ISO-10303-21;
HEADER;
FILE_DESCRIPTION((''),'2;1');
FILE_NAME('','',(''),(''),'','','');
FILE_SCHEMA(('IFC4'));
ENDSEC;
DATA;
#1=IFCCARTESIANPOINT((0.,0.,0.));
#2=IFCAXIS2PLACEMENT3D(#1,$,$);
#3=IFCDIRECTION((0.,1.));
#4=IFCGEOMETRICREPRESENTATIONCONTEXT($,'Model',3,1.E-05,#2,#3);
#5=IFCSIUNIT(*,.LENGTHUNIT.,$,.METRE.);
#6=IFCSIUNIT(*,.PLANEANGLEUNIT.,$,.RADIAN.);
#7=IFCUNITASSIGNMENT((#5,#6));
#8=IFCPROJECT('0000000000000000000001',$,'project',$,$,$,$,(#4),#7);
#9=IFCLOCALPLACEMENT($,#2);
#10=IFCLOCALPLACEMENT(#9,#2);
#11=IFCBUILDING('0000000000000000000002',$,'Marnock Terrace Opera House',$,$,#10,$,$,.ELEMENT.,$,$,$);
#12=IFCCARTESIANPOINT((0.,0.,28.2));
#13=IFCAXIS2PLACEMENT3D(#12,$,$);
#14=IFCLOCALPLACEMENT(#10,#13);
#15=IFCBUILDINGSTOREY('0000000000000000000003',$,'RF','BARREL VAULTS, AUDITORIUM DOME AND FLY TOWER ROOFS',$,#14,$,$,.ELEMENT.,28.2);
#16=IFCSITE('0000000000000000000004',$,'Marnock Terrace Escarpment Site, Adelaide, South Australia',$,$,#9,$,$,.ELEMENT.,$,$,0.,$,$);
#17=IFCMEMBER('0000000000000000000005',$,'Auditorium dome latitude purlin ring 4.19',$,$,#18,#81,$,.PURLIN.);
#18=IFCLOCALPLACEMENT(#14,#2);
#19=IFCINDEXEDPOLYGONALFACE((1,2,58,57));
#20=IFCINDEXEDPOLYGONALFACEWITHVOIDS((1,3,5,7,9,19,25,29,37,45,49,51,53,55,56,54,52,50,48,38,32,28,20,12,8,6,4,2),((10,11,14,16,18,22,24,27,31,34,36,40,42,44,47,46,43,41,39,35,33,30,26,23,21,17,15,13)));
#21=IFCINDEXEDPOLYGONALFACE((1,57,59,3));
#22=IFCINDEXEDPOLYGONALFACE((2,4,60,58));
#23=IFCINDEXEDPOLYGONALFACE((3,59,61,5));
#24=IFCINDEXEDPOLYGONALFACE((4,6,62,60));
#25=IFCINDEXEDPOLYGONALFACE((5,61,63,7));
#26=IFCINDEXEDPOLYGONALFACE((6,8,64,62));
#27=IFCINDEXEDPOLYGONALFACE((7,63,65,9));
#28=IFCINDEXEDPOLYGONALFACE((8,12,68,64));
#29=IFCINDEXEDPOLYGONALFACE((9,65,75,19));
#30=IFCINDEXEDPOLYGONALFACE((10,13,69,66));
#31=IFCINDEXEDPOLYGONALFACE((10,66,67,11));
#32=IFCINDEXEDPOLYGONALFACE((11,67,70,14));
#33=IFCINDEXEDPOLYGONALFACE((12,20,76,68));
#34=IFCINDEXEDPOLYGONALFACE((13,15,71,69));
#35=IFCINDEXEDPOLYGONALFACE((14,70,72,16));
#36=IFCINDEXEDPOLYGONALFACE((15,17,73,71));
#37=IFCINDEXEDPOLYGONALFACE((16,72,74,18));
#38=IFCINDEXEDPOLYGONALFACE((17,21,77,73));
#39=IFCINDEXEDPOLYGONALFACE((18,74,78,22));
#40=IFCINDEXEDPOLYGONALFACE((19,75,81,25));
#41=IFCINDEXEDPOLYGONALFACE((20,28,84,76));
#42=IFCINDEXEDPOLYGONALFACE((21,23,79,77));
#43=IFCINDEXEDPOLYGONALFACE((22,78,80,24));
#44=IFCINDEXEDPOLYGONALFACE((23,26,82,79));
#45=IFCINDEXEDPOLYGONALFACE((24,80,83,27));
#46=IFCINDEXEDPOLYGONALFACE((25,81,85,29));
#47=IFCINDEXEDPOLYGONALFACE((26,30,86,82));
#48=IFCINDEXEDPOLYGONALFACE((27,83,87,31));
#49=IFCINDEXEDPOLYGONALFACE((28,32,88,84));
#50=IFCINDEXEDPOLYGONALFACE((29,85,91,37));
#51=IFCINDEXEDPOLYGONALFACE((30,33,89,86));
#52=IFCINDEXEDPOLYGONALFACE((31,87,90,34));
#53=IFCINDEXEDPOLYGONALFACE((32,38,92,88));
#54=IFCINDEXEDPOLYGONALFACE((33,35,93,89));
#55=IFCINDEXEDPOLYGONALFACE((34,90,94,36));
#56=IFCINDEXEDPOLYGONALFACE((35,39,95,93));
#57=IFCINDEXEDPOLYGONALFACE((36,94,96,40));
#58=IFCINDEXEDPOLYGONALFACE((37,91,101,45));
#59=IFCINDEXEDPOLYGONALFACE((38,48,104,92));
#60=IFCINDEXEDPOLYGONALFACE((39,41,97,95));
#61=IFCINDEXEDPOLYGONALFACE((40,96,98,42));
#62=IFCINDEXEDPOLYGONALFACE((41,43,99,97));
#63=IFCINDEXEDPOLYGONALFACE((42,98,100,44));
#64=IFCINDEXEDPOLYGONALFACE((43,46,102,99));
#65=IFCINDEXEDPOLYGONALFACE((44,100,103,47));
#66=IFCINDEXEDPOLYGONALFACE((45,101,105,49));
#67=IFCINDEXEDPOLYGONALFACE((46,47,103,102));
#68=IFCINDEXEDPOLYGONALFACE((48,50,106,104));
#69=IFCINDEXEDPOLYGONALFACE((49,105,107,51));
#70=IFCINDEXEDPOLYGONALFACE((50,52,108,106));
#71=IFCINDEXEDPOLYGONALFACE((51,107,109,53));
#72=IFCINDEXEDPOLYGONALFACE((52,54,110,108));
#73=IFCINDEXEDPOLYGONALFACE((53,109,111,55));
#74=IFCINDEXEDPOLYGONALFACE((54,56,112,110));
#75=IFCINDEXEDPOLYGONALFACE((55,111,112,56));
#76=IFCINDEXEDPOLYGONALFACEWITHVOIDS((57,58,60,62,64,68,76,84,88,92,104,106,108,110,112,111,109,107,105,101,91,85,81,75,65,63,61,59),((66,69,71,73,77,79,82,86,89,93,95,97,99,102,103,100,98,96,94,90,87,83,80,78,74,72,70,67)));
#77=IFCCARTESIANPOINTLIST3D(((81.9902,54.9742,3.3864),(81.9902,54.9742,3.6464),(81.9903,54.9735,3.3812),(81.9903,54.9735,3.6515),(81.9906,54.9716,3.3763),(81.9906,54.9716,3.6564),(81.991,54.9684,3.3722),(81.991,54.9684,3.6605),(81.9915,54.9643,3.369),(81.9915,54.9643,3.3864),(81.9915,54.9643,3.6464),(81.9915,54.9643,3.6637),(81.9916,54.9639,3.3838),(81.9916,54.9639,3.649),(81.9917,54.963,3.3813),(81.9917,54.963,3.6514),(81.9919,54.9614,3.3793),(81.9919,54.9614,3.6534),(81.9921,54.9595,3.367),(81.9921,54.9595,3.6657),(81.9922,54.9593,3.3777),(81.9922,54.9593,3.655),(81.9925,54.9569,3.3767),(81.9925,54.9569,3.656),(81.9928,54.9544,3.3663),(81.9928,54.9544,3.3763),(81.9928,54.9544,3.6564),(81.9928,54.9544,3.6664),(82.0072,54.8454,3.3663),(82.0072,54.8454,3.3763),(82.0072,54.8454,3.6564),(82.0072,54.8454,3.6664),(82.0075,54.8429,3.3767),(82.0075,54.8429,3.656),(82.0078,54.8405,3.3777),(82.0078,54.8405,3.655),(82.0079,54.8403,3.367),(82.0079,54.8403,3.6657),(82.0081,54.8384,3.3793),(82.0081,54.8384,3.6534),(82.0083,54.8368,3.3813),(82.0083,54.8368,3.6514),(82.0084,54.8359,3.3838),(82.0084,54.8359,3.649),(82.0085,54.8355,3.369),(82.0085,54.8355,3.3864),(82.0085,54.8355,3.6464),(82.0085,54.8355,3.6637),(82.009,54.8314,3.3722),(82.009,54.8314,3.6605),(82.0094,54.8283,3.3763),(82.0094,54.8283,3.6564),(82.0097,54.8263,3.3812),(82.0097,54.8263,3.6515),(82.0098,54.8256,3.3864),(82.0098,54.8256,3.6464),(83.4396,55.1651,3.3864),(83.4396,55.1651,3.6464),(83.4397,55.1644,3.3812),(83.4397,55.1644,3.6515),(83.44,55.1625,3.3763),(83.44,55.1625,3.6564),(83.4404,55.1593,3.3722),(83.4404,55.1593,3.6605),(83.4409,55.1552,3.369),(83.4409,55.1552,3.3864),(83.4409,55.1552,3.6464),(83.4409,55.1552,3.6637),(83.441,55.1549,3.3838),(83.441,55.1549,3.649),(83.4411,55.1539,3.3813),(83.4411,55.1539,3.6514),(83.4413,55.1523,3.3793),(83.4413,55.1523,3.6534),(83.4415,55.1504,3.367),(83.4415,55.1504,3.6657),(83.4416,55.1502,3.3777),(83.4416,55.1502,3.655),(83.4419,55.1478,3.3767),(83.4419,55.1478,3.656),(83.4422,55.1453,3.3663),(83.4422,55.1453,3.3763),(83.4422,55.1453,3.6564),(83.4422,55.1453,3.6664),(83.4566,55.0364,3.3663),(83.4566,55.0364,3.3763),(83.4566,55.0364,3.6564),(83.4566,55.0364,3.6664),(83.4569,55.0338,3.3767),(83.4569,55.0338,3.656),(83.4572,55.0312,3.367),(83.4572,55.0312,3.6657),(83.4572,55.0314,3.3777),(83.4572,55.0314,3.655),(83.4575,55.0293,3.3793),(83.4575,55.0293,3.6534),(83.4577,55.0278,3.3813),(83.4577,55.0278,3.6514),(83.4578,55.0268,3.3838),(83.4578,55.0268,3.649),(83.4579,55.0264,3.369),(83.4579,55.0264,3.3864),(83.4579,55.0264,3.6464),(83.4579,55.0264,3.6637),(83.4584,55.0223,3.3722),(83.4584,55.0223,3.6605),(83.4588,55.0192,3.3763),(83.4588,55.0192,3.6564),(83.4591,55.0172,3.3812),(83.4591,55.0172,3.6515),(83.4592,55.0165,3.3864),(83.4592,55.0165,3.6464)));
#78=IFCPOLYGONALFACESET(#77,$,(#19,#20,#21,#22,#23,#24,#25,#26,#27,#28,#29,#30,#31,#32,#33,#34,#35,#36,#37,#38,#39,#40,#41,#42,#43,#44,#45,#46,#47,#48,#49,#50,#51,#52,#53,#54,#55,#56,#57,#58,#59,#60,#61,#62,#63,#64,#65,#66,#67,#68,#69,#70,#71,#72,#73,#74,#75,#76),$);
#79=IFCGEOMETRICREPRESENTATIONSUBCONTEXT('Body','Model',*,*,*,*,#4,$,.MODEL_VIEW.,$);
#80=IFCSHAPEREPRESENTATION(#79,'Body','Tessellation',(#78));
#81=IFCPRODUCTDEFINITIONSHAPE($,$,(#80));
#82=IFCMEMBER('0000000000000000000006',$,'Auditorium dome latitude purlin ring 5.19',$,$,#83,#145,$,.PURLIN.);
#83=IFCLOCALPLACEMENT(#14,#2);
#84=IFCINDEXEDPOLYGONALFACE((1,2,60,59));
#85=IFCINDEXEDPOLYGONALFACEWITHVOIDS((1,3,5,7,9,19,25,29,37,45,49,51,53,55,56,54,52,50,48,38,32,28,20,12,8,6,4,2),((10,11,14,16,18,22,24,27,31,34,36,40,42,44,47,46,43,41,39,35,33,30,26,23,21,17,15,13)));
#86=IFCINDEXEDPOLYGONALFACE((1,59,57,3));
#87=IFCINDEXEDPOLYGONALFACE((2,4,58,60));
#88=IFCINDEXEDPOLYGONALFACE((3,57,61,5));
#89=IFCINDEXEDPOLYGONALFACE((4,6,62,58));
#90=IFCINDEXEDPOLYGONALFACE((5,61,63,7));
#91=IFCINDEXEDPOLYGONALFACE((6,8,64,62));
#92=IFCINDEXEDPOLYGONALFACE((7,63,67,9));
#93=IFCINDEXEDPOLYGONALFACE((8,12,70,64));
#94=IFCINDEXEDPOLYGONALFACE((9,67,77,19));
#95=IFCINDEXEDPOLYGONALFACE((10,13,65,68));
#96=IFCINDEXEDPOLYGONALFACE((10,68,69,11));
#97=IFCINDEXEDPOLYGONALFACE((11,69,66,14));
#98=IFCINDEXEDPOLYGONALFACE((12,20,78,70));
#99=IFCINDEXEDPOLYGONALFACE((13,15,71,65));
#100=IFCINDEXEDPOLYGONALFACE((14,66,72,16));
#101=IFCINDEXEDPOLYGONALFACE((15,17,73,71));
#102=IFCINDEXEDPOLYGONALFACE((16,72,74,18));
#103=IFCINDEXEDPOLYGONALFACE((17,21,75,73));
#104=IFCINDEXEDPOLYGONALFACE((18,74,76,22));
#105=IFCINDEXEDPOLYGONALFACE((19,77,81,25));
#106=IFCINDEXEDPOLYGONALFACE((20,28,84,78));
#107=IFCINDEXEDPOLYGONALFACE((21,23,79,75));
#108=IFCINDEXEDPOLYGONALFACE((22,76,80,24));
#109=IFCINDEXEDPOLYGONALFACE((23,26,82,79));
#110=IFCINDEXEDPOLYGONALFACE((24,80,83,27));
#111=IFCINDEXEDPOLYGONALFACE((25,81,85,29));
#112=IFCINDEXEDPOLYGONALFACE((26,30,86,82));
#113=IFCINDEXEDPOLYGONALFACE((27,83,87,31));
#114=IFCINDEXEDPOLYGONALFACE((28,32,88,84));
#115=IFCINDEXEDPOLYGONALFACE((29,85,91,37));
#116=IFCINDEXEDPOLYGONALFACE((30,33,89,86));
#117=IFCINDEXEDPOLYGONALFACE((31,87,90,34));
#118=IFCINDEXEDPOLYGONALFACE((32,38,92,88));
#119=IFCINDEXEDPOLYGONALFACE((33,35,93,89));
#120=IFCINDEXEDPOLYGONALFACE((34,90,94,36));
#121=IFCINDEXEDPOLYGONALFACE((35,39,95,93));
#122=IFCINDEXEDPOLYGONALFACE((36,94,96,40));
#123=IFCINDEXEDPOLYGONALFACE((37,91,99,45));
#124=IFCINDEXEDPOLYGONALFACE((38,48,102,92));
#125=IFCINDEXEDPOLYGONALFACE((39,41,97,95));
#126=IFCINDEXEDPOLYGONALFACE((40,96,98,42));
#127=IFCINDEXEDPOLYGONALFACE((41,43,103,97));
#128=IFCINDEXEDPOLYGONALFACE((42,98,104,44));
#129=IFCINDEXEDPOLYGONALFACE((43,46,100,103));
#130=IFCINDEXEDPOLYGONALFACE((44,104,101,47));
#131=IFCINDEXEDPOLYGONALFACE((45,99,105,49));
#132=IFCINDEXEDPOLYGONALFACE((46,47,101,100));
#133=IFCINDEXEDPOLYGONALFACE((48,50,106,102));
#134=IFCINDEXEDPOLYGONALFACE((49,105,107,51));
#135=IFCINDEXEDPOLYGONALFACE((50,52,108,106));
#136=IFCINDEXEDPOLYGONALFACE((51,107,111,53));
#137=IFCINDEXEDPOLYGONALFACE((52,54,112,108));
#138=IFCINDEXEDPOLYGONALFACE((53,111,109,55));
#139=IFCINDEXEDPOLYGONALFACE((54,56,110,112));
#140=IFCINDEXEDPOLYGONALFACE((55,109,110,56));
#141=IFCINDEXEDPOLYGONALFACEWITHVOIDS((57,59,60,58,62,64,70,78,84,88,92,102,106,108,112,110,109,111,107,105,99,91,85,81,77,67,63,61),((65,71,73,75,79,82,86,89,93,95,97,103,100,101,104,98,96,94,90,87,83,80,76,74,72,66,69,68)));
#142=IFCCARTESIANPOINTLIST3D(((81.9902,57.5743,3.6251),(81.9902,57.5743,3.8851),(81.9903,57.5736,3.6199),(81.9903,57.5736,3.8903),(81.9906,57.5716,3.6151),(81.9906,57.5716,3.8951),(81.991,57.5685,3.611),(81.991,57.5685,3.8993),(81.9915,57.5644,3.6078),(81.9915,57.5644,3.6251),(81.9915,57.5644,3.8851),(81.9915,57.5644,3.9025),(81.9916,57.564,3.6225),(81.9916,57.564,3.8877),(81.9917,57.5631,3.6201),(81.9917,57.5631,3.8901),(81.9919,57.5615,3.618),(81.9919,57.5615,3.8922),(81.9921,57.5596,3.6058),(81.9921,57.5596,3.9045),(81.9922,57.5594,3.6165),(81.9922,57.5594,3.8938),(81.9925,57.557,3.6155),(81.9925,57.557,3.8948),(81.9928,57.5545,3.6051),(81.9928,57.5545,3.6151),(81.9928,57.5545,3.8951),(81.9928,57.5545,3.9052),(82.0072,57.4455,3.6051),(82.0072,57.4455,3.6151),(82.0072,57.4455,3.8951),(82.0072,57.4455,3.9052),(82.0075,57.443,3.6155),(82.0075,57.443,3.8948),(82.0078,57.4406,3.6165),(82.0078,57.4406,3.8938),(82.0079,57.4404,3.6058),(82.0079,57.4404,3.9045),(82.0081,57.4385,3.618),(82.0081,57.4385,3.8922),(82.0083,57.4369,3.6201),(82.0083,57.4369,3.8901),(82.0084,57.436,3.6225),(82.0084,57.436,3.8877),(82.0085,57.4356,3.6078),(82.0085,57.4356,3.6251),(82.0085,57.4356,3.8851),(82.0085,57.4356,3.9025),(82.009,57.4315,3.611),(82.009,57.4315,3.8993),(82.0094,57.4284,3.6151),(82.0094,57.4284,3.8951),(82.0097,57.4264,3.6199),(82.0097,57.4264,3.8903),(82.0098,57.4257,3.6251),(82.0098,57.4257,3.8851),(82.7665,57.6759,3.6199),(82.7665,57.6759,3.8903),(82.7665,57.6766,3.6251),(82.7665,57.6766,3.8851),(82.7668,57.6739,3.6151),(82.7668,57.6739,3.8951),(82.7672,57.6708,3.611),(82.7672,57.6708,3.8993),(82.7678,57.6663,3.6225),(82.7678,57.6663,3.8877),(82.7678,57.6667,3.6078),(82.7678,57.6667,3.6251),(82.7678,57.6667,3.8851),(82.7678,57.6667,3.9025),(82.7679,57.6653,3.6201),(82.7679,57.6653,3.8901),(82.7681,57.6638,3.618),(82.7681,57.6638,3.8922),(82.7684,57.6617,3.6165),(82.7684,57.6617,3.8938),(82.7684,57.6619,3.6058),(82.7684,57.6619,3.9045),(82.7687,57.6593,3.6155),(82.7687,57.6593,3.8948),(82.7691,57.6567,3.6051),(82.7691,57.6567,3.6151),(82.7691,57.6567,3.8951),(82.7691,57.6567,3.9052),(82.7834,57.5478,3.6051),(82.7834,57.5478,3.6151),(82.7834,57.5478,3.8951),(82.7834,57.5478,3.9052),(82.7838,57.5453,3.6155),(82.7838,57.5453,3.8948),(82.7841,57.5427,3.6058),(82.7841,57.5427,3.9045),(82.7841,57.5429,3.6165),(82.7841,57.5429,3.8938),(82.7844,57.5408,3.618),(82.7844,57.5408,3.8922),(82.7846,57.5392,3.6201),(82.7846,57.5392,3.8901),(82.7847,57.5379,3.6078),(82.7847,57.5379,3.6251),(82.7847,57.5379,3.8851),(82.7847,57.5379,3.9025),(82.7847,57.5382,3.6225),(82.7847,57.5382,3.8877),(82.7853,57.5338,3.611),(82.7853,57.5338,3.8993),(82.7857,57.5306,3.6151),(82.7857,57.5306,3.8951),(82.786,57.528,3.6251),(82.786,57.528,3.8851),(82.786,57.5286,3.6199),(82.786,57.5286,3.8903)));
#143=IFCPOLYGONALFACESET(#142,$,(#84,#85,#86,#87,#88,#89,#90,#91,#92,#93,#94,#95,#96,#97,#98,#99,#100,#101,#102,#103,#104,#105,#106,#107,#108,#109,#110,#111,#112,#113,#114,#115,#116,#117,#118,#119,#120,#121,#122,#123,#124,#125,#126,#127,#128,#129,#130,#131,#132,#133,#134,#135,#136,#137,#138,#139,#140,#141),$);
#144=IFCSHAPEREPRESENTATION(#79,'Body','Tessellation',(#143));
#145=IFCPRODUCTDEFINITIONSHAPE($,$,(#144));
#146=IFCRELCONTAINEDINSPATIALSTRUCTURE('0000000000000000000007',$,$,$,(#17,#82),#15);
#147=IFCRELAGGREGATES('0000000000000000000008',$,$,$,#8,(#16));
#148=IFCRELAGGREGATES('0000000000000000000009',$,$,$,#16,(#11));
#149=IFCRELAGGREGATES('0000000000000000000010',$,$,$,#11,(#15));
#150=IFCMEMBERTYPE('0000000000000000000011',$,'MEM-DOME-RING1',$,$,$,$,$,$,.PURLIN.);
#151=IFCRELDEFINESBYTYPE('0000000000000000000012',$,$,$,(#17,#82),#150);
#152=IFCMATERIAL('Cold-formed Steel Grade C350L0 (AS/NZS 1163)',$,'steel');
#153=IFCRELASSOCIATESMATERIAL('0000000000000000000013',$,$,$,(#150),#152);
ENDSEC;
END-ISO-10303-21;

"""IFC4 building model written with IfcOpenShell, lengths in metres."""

from ifc_helpers import new_model, si_unit, direction, frame, origin, origin_2d, place, context, subcontext, project, spatial, hollow_rectangle, extrude, material, material_profile, profile_set, type_object, element, save


model = new_model("IFC4")

# Units and contexts
model_context = context("Model", 3, precision=1e-05, world=origin(), true_north=direction((0.0, 1.0)))
body_context = subcontext(model_context, "Body", "Model", "MODEL_VIEW")
ifc_project = project(units=[si_unit("LENGTHUNIT", "METRE"), si_unit("PLANEANGLEUNIT", "RADIAN")], contexts=[model_context])

# Site, building, storey
site_placement = place(None, origin())
site = spatial("IfcSite", under=ifc_project, at=site_placement, Name="Marnock Terrace Escarpment Site, Adelaide, South Australia", CompositionType="ELEMENT", RefElevation=0.0)
building_placement = place(site_placement, origin())
building = spatial("IfcBuilding", under=site, at=building_placement, Name="Marnock Terrace Opera House", CompositionType="ELEMENT")
storey_placement = place(building_placement, frame((0.0, 0.0, 28.2)))
storey = spatial("IfcBuildingStorey", under=building, at=storey_placement, Name="RF", Description="BARREL VAULTS, AUDITORIUM DOME AND FLY TOWER ROOFS", CompositionType="ELEMENT", Elevation=28.2)

# Members
ifc_material_1 = material(Name="Cold-formed Steel Grade C350L0 (AS/NZS 1163)", Category="steel")
ifc_material_profile_1 = material_profile(ifc_material_1, hollow_rectangle(XDim=0.1499, YDim=0.3, WallThickness=0.01, InnerFilletRadius=0.01, OuterFilletRadius=0.02, at=origin_2d()))
ifc_profile_set_1 = profile_set([ifc_material_profile_1], Name="Cold-formed Steel Grade C350L0 (AS/NZS 1163)")
member_type_1 = type_object("IfcMemberType", Name="MEM-DOME-RING1", PredefinedType="PURLIN", material=ifc_profile_set_1)
member_1_placement = place(storey_placement, frame((82.0, 54.8999, 3.5164), z_axis=(0.991437, 0.130588, 0.0), x_axis=(-0.130588, 0.991437, 0.0)))
element("IfcMember", 1, at=member_1_placement, inside=storey, type_object=member_type_1, Name="Auditorium dome latitude purlin ring 4.19", PredefinedType="PURLIN", context=body_context, shape_type="SweptSolid", body=[
    extrude(hollow_rectangle(XDim=0.1499, YDim=0.3, WallThickness=0.01, InnerFilletRadius=0.01, OuterFilletRadius=0.02, at=origin_2d()), origin(), (0.0, 0.0, 1.0), 1.4619),
])
member_2_placement = place(storey_placement, frame((82.0, 57.5, 3.7551), z_axis=(0.991431, 0.130632, 0.0), x_axis=(-0.130632, 0.991431, 0.0)))
element("IfcMember", 2, at=member_2_placement, inside=storey, type_object=member_type_1, Name="Auditorium dome latitude purlin ring 5.19", PredefinedType="PURLIN", context=body_context, shape_type="SweptSolid", body=[
    extrude(hollow_rectangle(XDim=0.1499, YDim=0.3, WallThickness=0.01, InnerFilletRadius=0.01, OuterFilletRadius=0.02, at=origin_2d()), origin(), (0.0, 0.0, 1.0), 0.783),
])

save(model, "model.ifc")
